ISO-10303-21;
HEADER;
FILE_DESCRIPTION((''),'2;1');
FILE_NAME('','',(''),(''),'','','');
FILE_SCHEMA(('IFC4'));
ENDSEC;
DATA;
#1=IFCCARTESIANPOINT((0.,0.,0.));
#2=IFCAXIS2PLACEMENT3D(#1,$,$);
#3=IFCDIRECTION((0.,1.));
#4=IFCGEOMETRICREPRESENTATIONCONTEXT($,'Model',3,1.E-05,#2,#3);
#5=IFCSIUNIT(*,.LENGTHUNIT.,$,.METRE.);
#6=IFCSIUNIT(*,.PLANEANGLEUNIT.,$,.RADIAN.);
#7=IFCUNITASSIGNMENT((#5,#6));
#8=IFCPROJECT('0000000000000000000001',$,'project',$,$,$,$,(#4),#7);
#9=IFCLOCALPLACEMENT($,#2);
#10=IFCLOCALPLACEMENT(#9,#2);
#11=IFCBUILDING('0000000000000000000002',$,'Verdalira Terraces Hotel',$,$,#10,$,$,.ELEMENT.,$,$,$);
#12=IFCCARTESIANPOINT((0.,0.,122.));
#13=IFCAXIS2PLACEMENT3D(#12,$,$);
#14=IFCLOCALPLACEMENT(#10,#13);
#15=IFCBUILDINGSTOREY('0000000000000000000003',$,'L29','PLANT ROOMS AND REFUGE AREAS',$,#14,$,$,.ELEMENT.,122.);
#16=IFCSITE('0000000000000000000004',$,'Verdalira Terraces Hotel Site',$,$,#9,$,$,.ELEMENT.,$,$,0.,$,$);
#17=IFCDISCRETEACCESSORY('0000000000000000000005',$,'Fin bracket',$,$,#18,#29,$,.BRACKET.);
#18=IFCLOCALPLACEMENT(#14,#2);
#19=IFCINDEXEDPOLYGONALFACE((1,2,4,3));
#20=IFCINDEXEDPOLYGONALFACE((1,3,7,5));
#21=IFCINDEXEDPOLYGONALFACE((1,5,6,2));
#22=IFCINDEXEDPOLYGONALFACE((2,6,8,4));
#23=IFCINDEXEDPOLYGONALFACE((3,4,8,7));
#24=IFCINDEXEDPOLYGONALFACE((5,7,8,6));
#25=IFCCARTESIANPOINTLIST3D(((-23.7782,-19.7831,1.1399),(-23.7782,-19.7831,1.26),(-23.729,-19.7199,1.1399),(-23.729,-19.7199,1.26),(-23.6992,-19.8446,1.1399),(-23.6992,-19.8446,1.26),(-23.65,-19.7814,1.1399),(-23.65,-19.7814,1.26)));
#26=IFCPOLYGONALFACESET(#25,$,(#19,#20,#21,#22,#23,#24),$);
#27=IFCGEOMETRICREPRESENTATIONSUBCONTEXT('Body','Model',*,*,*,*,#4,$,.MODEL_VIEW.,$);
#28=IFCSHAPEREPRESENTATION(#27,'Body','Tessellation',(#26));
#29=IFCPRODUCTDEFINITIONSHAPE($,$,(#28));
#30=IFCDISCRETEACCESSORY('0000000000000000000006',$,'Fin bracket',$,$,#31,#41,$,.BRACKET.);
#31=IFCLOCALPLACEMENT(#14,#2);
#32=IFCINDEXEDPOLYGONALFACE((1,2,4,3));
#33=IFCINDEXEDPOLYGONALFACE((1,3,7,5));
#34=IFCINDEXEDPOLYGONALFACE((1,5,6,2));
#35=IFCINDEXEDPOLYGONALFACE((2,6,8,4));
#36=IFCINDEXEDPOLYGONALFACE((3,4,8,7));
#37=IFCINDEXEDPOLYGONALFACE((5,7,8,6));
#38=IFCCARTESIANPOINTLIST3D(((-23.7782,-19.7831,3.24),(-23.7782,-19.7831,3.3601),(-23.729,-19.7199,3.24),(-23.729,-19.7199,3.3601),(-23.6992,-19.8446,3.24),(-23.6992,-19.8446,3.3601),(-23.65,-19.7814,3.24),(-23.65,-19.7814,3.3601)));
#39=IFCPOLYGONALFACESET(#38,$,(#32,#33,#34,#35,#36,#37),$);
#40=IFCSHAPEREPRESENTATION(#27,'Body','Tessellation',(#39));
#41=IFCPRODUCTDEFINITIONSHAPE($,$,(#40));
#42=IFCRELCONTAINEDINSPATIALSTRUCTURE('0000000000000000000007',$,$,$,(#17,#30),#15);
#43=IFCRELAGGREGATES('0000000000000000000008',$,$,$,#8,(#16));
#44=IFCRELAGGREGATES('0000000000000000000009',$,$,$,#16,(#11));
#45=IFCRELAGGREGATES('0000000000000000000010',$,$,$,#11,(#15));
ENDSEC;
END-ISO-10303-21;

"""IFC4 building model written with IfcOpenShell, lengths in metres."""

from ifc_helpers import new_model, si_unit, direction, frame, origin, origin_2d, place, context, subcontext, project, spatial, rectangle, extrude, element, save


model = new_model("IFC4")

# Units and contexts
model_context = context("Model", 3, precision=1e-05, world=origin(), true_north=direction((0.0, 1.0)))
body_context = subcontext(model_context, "Body", "Model", "MODEL_VIEW")
ifc_project = project(units=[si_unit("LENGTHUNIT", "METRE"), si_unit("PLANEANGLEUNIT", "RADIAN")], contexts=[model_context])

# Site, building, storey
site_placement = place(None, origin())
site = spatial("IfcSite", under=ifc_project, at=site_placement, Name="Verdalira Terraces Hotel Site", CompositionType="ELEMENT", RefElevation=0.0)
building_placement = place(site_placement, origin())
building = spatial("IfcBuilding", under=site, at=building_placement, Name="Verdalira Terraces Hotel", CompositionType="ELEMENT")
storey_placement = place(building_placement, frame((0.0, 0.0, 122.0)))
storey = spatial("IfcBuildingStorey", under=building, at=storey_placement, Name="L29", Description="PLANT ROOMS AND REFUGE AREAS", CompositionType="ELEMENT", Elevation=122.0)

# Discrete accessories
for number, where, z_axis, x_axis, name in (
    (1, (-23.7141, -19.7822, 1.1399), (0.0, 0.0, 1.0), (-0.614561, -0.78887, 0.0), "Fin bracket"),
    (2, (-23.7141, -19.7822, 3.24), (0.0, 0.0, 1.0), (-0.614561, -0.78887, 0.0), "Fin bracket"),
):
    element("IfcDiscreteAccessory", number, at=place(storey_placement, frame(where, z_axis=z_axis, x_axis=x_axis)), inside=storey, Name=name, PredefinedType="BRACKET", context=body_context, shape_type="SweptSolid", body=[
        extrude(rectangle(XDim=0.0801, YDim=0.1001, at=origin_2d()), origin(), (0.0, 0.0, 1.0), 0.1201),
    ])

save(model, "model.ifc")
